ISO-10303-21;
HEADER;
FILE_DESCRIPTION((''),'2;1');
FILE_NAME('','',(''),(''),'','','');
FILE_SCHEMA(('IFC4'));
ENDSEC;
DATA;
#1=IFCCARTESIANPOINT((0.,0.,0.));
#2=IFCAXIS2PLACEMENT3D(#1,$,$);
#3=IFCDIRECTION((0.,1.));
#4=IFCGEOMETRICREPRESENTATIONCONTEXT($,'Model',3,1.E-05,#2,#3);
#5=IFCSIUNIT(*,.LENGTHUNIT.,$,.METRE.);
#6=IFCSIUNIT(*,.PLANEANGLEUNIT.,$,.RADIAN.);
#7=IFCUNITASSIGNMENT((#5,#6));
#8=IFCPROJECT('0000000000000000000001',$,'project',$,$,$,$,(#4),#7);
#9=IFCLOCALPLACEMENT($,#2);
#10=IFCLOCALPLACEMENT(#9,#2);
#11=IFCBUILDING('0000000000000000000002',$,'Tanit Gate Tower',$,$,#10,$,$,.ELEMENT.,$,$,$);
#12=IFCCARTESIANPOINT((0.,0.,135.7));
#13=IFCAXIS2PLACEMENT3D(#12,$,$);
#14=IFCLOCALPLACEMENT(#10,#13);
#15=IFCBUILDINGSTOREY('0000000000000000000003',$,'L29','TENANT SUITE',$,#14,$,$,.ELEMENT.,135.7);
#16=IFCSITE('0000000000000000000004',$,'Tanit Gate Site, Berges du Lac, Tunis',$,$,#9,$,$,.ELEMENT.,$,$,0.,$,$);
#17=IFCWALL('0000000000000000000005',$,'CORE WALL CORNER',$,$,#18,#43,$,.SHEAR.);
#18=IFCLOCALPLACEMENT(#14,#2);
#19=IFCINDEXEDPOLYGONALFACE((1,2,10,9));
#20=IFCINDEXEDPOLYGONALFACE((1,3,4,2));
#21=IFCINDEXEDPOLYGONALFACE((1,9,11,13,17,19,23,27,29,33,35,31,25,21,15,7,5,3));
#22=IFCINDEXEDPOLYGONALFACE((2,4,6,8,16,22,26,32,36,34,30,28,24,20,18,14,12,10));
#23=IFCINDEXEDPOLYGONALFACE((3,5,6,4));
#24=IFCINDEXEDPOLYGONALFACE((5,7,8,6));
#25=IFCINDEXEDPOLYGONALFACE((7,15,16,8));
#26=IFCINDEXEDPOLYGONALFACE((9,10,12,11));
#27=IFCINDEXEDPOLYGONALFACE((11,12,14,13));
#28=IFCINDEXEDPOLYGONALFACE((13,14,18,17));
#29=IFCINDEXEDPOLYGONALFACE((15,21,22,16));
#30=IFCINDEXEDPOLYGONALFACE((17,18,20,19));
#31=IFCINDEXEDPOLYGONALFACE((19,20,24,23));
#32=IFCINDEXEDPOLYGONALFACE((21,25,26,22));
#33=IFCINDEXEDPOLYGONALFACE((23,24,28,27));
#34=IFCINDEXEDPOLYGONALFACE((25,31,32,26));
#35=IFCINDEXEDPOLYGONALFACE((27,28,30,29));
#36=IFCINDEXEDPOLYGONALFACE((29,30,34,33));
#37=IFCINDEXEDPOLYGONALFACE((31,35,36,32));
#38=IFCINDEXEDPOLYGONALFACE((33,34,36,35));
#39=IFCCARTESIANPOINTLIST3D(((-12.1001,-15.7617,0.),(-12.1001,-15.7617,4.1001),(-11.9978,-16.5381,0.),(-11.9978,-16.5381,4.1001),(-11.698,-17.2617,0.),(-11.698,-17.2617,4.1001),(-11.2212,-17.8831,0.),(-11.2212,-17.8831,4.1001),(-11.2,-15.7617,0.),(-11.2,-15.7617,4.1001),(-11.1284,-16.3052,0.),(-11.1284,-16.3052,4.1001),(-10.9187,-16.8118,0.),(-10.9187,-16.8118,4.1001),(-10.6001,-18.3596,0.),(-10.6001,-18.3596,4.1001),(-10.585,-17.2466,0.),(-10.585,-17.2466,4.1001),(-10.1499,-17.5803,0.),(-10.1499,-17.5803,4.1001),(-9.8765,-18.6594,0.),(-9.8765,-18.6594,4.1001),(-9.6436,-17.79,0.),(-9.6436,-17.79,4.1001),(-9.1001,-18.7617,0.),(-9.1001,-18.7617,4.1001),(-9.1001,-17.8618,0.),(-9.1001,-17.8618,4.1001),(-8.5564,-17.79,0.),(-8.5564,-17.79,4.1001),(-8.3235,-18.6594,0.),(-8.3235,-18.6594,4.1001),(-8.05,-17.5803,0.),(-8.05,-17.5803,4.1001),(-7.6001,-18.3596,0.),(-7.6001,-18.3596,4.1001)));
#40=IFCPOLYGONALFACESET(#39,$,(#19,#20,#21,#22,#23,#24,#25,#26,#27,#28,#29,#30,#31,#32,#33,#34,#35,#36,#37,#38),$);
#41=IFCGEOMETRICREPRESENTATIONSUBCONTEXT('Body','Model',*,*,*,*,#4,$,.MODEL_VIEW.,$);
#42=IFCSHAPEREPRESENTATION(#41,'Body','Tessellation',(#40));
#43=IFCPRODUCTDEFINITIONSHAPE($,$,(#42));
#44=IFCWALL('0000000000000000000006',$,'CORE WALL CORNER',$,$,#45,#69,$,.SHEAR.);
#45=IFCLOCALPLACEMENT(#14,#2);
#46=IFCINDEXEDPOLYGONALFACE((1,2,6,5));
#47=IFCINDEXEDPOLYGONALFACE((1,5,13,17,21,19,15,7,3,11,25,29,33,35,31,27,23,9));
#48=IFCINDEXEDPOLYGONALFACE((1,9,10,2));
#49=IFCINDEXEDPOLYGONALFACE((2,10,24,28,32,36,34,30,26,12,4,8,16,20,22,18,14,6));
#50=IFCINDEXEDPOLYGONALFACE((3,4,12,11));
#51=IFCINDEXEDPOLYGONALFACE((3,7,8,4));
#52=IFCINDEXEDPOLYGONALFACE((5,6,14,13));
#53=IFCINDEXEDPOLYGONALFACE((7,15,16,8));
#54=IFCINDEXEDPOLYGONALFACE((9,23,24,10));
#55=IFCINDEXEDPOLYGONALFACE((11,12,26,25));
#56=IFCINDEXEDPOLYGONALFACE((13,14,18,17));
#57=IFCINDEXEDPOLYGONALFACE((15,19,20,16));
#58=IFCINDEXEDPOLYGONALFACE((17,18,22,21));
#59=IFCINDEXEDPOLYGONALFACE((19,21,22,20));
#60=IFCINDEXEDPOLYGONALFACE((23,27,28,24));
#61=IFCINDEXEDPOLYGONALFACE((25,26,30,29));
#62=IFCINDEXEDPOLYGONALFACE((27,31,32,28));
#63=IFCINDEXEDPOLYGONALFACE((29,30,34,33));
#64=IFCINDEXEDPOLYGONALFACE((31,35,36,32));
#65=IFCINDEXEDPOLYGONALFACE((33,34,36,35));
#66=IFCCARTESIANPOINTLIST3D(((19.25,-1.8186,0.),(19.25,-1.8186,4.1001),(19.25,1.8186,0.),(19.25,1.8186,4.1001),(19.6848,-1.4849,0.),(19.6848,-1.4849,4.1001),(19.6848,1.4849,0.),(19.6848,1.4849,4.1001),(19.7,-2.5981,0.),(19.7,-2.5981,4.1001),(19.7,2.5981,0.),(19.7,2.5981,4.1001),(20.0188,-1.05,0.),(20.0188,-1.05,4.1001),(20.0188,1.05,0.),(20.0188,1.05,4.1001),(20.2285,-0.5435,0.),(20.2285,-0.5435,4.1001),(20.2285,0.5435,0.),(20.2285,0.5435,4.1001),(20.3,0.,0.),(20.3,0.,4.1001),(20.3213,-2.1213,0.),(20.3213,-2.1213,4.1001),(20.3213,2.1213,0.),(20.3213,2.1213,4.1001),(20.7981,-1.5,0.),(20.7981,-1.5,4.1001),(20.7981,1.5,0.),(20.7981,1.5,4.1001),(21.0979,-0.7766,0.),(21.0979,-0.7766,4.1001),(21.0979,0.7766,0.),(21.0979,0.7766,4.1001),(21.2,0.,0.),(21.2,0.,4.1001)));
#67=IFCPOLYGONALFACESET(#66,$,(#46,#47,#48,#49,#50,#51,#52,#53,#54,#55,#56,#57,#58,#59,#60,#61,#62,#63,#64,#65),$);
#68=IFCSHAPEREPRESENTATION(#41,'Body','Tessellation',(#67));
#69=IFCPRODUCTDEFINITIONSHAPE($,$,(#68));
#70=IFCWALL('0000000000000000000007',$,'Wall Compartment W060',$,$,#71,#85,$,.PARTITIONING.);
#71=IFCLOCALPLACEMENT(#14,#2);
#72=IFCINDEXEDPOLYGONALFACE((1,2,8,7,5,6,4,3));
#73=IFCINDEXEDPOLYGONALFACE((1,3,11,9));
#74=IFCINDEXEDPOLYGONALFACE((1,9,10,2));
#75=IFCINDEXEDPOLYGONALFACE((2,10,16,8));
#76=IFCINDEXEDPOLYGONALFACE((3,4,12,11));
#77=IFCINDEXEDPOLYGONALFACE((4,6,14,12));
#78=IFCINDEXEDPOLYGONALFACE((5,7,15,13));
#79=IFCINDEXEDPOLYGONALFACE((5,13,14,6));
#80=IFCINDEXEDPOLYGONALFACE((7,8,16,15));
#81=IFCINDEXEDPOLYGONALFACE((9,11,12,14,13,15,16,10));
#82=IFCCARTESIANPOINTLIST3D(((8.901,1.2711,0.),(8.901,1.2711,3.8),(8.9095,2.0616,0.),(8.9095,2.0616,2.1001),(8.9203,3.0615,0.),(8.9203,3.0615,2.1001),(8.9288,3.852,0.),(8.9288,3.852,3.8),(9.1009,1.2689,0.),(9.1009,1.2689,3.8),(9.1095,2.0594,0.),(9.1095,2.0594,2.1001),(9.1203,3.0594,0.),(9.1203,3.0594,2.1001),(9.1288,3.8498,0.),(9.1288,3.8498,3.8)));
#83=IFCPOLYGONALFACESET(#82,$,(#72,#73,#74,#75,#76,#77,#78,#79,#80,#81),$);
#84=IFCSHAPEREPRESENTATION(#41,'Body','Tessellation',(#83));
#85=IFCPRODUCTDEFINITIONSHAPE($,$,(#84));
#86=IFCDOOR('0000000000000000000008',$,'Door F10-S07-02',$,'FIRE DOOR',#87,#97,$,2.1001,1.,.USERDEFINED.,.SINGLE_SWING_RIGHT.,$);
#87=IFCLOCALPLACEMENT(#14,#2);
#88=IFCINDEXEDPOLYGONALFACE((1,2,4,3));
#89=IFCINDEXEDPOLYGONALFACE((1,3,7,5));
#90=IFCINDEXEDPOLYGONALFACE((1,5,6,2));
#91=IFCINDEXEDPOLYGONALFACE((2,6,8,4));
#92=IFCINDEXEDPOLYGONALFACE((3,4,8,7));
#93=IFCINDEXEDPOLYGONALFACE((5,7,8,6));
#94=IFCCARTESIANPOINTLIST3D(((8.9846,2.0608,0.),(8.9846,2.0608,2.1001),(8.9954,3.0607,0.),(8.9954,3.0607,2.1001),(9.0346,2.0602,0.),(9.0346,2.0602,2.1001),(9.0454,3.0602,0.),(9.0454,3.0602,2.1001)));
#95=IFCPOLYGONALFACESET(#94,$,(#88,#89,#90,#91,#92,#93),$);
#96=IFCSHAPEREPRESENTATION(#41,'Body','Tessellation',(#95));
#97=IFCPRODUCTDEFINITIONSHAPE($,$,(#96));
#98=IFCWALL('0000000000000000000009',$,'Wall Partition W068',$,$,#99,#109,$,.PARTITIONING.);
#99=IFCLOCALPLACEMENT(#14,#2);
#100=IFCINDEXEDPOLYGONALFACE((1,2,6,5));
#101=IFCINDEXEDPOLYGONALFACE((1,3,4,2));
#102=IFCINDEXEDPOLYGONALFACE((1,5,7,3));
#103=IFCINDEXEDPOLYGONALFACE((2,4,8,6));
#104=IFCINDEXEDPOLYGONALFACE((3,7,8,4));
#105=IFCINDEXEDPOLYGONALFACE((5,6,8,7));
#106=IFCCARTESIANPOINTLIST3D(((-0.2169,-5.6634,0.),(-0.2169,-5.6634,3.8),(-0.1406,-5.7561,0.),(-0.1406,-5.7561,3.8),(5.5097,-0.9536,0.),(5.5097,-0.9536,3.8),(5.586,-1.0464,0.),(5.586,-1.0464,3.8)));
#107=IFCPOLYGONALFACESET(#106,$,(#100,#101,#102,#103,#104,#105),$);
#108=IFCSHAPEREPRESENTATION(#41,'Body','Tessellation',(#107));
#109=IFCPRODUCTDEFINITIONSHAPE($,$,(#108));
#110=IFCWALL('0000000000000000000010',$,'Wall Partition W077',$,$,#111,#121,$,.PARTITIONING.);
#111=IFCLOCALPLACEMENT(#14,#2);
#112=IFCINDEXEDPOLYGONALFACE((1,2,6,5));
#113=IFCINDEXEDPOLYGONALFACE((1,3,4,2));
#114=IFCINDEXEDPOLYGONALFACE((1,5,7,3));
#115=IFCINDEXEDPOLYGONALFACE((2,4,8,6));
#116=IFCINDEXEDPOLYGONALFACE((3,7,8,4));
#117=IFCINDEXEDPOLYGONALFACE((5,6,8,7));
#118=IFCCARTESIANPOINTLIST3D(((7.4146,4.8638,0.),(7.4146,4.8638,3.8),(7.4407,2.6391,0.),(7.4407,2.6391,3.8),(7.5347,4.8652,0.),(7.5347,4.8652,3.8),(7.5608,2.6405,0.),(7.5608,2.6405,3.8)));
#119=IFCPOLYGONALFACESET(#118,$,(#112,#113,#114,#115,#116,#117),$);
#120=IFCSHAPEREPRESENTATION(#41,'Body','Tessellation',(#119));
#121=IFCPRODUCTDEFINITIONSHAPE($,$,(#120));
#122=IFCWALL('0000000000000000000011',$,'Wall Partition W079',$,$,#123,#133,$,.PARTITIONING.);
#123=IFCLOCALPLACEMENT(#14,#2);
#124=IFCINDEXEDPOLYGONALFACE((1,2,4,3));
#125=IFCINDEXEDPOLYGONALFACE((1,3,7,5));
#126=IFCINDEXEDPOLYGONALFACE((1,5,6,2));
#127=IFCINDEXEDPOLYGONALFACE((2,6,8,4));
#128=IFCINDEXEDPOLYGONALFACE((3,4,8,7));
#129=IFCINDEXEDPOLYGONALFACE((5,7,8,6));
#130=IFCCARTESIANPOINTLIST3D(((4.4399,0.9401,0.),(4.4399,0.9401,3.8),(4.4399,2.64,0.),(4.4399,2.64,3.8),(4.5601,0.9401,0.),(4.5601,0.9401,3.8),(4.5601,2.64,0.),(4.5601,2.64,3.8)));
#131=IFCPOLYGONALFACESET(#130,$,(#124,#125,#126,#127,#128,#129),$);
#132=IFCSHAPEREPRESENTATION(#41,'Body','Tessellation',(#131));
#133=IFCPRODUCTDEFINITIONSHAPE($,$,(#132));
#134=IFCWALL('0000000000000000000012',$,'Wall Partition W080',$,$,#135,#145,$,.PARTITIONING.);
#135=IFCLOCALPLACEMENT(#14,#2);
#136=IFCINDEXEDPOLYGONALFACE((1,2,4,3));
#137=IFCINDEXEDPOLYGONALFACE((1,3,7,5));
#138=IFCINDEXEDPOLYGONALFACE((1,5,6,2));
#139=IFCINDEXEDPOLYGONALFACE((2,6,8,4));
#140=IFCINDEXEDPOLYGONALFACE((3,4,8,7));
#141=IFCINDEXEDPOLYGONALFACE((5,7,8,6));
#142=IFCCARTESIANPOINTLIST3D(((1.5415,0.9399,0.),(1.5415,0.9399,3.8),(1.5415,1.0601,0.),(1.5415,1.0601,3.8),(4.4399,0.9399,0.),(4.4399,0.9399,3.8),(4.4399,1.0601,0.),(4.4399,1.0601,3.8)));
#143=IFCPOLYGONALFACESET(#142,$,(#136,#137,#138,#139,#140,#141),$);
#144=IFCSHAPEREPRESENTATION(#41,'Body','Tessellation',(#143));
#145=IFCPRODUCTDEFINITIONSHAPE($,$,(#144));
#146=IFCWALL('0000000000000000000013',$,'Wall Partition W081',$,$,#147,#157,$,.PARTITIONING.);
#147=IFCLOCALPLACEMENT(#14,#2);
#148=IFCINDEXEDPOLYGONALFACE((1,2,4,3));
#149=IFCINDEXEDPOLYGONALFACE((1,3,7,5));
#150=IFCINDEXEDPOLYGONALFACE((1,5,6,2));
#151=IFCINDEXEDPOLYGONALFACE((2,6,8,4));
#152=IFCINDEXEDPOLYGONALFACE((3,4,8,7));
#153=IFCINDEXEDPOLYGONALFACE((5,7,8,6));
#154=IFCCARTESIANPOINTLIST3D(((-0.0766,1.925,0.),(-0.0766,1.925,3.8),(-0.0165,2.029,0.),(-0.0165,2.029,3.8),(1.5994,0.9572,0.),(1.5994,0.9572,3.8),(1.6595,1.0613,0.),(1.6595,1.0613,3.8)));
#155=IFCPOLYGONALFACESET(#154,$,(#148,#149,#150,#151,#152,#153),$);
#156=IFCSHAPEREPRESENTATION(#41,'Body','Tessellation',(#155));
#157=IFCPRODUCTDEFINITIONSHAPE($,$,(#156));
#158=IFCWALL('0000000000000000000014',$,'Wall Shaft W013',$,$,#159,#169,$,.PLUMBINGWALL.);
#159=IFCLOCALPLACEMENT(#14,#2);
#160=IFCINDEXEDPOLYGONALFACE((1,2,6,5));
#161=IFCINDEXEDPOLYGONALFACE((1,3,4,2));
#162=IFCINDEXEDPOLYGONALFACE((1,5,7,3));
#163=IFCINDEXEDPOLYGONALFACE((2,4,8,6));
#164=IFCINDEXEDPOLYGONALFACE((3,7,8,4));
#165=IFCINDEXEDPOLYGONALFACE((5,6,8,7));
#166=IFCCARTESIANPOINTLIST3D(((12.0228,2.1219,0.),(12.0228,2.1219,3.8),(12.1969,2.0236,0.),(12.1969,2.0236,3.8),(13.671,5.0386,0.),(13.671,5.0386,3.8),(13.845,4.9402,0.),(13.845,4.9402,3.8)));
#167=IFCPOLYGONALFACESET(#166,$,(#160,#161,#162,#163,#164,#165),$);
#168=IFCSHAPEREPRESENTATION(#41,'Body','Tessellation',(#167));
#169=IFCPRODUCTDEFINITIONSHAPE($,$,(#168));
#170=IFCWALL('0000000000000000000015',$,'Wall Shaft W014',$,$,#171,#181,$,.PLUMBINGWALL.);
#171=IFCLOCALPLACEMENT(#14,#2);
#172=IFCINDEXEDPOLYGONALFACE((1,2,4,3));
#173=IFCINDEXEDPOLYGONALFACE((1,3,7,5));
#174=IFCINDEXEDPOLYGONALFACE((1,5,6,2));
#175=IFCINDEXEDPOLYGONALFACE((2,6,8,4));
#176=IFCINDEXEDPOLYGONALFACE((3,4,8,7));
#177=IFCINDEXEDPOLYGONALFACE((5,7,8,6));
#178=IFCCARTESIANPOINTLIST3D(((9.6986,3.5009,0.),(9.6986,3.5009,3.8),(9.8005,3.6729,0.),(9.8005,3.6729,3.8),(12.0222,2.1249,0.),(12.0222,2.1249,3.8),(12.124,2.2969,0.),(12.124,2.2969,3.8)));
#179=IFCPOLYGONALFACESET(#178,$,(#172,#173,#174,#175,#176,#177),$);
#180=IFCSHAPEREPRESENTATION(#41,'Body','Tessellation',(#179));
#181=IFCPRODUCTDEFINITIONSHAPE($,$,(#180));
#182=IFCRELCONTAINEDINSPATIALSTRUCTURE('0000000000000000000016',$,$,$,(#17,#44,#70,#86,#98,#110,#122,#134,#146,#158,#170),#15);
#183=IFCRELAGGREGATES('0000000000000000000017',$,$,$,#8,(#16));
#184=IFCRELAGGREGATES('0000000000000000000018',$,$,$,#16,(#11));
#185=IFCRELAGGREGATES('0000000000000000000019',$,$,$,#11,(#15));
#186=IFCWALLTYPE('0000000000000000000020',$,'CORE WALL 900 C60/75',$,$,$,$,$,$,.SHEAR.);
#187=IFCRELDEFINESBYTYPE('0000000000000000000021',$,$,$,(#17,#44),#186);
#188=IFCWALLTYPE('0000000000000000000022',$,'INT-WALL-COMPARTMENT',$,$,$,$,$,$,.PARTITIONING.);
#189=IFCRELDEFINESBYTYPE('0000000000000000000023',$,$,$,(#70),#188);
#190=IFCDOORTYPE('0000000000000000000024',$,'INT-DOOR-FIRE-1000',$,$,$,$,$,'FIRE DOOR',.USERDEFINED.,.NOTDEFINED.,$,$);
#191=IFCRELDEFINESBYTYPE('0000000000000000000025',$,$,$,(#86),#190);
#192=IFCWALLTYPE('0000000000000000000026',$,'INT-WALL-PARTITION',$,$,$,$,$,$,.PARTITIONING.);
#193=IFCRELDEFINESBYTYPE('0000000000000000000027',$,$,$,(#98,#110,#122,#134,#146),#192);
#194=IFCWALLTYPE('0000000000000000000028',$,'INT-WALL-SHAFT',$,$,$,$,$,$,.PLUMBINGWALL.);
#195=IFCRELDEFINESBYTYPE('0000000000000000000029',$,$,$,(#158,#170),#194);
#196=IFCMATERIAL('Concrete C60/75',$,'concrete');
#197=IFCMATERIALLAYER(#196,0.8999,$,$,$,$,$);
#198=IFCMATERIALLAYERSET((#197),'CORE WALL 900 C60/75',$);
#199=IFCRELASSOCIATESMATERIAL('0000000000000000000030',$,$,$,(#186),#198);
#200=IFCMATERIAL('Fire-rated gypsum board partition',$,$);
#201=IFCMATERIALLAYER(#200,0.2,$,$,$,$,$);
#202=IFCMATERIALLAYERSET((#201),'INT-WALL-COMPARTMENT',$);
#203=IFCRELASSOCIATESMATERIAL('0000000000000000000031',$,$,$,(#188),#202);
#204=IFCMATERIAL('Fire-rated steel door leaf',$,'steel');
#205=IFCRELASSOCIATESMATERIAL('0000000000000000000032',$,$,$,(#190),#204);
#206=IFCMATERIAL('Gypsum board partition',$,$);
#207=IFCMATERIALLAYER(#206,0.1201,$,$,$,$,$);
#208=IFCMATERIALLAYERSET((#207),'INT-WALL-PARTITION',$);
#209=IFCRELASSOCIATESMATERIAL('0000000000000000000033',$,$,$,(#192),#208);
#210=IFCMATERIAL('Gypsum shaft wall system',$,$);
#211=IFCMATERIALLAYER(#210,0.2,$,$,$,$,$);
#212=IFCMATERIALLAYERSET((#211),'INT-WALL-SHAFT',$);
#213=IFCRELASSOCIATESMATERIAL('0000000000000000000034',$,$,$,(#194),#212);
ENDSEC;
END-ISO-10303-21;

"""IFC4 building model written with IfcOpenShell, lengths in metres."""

from ifc_helpers import new_model, si_unit, direction, frame, frame_2d, origin, place, context, subcontext, project, spatial, polyline, rectangle, outline, extrude, material, layer, layer_set, type_object, element, fill, save


model = new_model("IFC4")

# Units and contexts
model_context = context("Model", 3, precision=1e-05, world=origin(), true_north=direction((0.0, 1.0)))
body_context = subcontext(model_context, "Body", "Model", "MODEL_VIEW")
ifc_project = project(units=[si_unit("LENGTHUNIT", "METRE"), si_unit("PLANEANGLEUNIT", "RADIAN")], contexts=[model_context])

# Site, building, storey
site_placement = place(None, origin())
site = spatial("IfcSite", under=ifc_project, at=site_placement, Name="Tanit Gate Site, Berges du Lac, Tunis", CompositionType="ELEMENT", RefElevation=0.0)
building_placement = place(site_placement, origin())
building = spatial("IfcBuilding", under=site, at=building_placement, Name="Tanit Gate Tower", CompositionType="ELEMENT")
storey_placement = place(building_placement, frame((0.0, 0.0, 135.7)))
storey = spatial("IfcBuildingStorey", under=building, at=storey_placement, Name="L29", Description="TENANT SUITE", CompositionType="ELEMENT", Elevation=135.7)

# Walls
ifc_material_1 = material(Name="Concrete C60/75", Category="concrete")
ifc_layer_1 = layer(ifc_material_1, 0.8999)
ifc_layer_set_1 = layer_set([ifc_layer_1], Name="CORE WALL 900 C60/75")
wall_type_1 = type_object("IfcWallType", Name="CORE WALL 900 C60/75", PredefinedType="SHEAR", material=ifc_layer_set_1)
wall_1_placement = place(storey_placement, origin())
element("IfcWall", 1, at=wall_1_placement, inside=storey, type_object=wall_type_1, Name="CORE WALL CORNER", PredefinedType="SHEAR", context=body_context, shape_type="SweptSolid", body=[
    extrude(outline(polyline([(-12.1001, -15.7617), (-11.9978, -16.5381), (-11.698, -17.2617), (-11.2212, -17.8831), (-10.6001, -18.3596), (-9.8765, -18.6594), (-9.1001, -18.7617), (-8.3235, -18.6594), (-7.6001, -18.3596), (-8.05, -17.5803), (-8.5564, -17.79), (-9.1001, -17.8618), (-9.6436, -17.79), (-10.1499, -17.5803), (-10.585, -17.2466), (-10.9187, -16.8118), (-11.1284, -16.3052), (-11.2, -15.7617), (-12.1001, -15.7617)])), origin(), (0.0, 0.0, 1.0), 4.1001),
])
wall_2_placement = place(storey_placement, origin())
element("IfcWall", 2, at=wall_2_placement, inside=storey, type_object=wall_type_1, Name="CORE WALL CORNER", PredefinedType="SHEAR", context=body_context, shape_type="SweptSolid", body=[
    extrude(outline(polyline([(19.7, -2.5981), (20.3213, -2.1213), (20.7981, -1.5), (21.0979, -0.7766), (21.2, 0.0), (21.0979, 0.7766), (20.7981, 1.5), (20.3213, 2.1213), (19.7, 2.5981), (19.25, 1.8186), (19.6848, 1.4849), (20.0188, 1.05), (20.2285, 0.5435), (20.3, 0.0), (20.2285, -0.5435), (20.0188, -1.05), (19.6848, -1.4849), (19.25, -1.8186), (19.7, -2.5981)])), origin(), (0.0, 0.0, 1.0), 4.1001),
])

# Wall, opening, door
ifc_material_2 = material(Name="Fire-rated gypsum board partition")
ifc_layer_2 = layer(ifc_material_2, 0.2)
ifc_layer_set_2 = layer_set([ifc_layer_2], Name="INT-WALL-COMPARTMENT")
wall_type_2 = type_object("IfcWallType", Name="INT-WALL-COMPARTMENT", PredefinedType="PARTITIONING", material=ifc_layer_set_2)
wall_3_placement = place(storey_placement, frame((9.001, 1.27, 0.0), z_axis=(0.0, 0.0, 1.0), x_axis=(0.010784, 0.999942, 0.0)))
wall_3 = element("IfcWall", 3, at=wall_3_placement, inside=storey, type_object=wall_type_2, Name="Wall Compartment W060", PredefinedType="PARTITIONING", context=body_context, shape_type="SweptSolid", body=[
    extrude(rectangle(XDim=2.5811, YDim=0.2, at=frame_2d((1.2905, 0.0))), origin(), (0.0, 0.0, 1.0), 3.8),
])
opening_1_placement = place(wall_3_placement, frame((0.7905, 0.0, 0.0)))
opening_1 = element("IfcOpeningElement", 4, at=opening_1_placement, cuts=wall_3, PredefinedType="OPENING", context=body_context, shape_type="SweptSolid", body=[
    extrude(rectangle(XDim=1.0, YDim=2.1001, at=frame_2d((0.5, 1.05))), frame((0.0, 0.1099, 0.0), z_axis=(0.0, -1.0, 0.0), x_axis=(1.0, 0.0, 0.0)), (0.0, 0.0, 1.0), 0.22),
])
ifc_material_3 = material(Name="Fire-rated steel door leaf", Category="steel")
door_type_1 = type_object("IfcDoorType", Name="INT-DOOR-FIRE-1000", ElementType="FIRE DOOR", OperationType="NOTDEFINED", PredefinedType="USERDEFINED", material=ifc_material_3)
door_1_placement = place(opening_1_placement, origin())
door_1 = element("IfcDoor", 5, at=door_1_placement, inside=storey, type_object=door_type_1, Name="Door F10-S07-02", ObjectType="FIRE DOOR", OperationType="SINGLE_SWING_RIGHT", OverallHeight=2.1001, OverallWidth=1.0, PredefinedType="USERDEFINED", context=body_context, shape_type="SweptSolid", body=[
    extrude(rectangle(XDim=1.0, YDim=2.1001, at=frame_2d((0.5, 1.05))), frame((0.0, 0.0249, 0.0), z_axis=(0.0, -1.0, 0.0), x_axis=(1.0, 0.0, 0.0)), (0.0, 0.0, 1.0), 0.05),
])
fill(opening_1, door_1)

# Walls
ifc_material_4 = material(Name="Gypsum board partition")
ifc_layer_3 = layer(ifc_material_4, 0.1201)
ifc_layer_set_3 = layer_set([ifc_layer_3], Name="INT-WALL-PARTITION")
wall_type_3 = type_object("IfcWallType", Name="INT-WALL-PARTITION", PredefinedType="PARTITIONING", material=ifc_layer_set_3)
wall_4_placement = place(storey_placement, frame((5.5479, -1.0, 0.0), z_axis=(0.0, 0.0, 1.0), x_axis=(-0.772345, -0.635203, 0.0)))
element("IfcWall", 6, at=wall_4_placement, inside=storey, type_object=wall_type_3, Name="Wall Partition W068", PredefinedType="PARTITIONING", context=body_context, shape_type="SweptSolid", body=[
    extrude(rectangle(XDim=7.4146, YDim=0.1201, at=frame_2d((3.7073, 0.0))), origin(), (0.0, 0.0, 1.0), 3.8),
])
wall_5_placement = place(storey_placement, frame((7.5007, 2.6399, 0.0), z_axis=(0.0, 0.0, 1.0), x_axis=(-0.011742, 0.999931, 0.0)))
element("IfcWall", 7, at=wall_5_placement, inside=storey, type_object=wall_type_3, Name="Wall Partition W077", PredefinedType="PARTITIONING", context=body_context, shape_type="SweptSolid", body=[
    extrude(rectangle(XDim=2.2249, YDim=0.1201, at=frame_2d((1.1123, 0.0))), origin(), (0.0, 0.0, 1.0), 3.8),
])
wall_6_placement = place(storey_placement, frame((4.5, 0.9399, 0.0), z_axis=(0.0, 0.0, 1.0), x_axis=(0.0, 1.0, 0.0)))
element("IfcWall", 8, at=wall_6_placement, inside=storey, type_object=wall_type_3, Name="Wall Partition W079", PredefinedType="PARTITIONING", context=body_context, shape_type="SweptSolid", body=[
    extrude(rectangle(XDim=1.7, YDim=0.1201, at=frame_2d((0.8501, 0.0))), origin(), (0.0, 0.0, 1.0), 3.8),
])
wall_7_placement = place(storey_placement, frame((1.5415, 1.0, 0.0), z_axis=(0.0, 0.0, 1.0), x_axis=(1.0, 0.0, 0.0)))
element("IfcWall", 9, at=wall_7_placement, inside=storey, type_object=wall_type_3, Name="Wall Partition W080", PredefinedType="PARTITIONING", context=body_context, shape_type="SweptSolid", body=[
    extrude(rectangle(XDim=2.8984, YDim=0.1201, at=frame_2d((1.4492, 0.0))), origin(), (0.0, 0.0, 1.0), 3.8),
])
wall_8_placement = place(storey_placement, frame((-0.0466, 1.9771, 0.0), z_axis=(0.0, 0.0, 1.0), x_axis=(0.865999, -0.500046, 0.0)))
element("IfcWall", 10, at=wall_8_placement, inside=storey, type_object=wall_type_3, Name="Wall Partition W081", PredefinedType="PARTITIONING", context=body_context, shape_type="SweptSolid", body=[
    extrude(rectangle(XDim=1.9353, YDim=0.1201, at=frame_2d((0.9678, 0.0))), origin(), (0.0, 0.0, 1.0), 3.8),
])
ifc_material_5 = material(Name="Gypsum shaft wall system")
ifc_layer_4 = layer(ifc_material_5, 0.2)
ifc_layer_set_4 = layer_set([ifc_layer_4], Name="INT-WALL-SHAFT")
wall_type_4 = type_object("IfcWallType", Name="INT-WALL-SHAFT", PredefinedType="PLUMBINGWALL", material=ifc_layer_set_4)
wall_9_placement = place(storey_placement, frame((12.1099, 2.0728, 0.0), z_axis=(0.0, 0.0, 1.0), x_axis=(0.491966, 0.870614, 0.0)))
element("IfcWall", 11, at=wall_9_placement, inside=storey, type_object=wall_type_4, Name="Wall Shaft W013", PredefinedType="PLUMBINGWALL", context=body_context, shape_type="SweptSolid", body=[
    extrude(rectangle(XDim=3.3501, YDim=0.2, at=frame_2d((1.675, 0.0))), origin(), (0.0, 0.0, 1.0), 3.8),
])
wall_10_placement = place(storey_placement, frame((12.073, 2.2109, 0.0), z_axis=(0.0, 0.0, 1.0), x_axis=(-0.860438, 0.509555, 0.0)))
element("IfcWall", 12, at=wall_10_placement, inside=storey, type_object=wall_type_4, Name="Wall Shaft W014", PredefinedType="PLUMBINGWALL", context=body_context, shape_type="SweptSolid", body=[
    extrude(rectangle(XDim=2.7004, YDim=0.2, at=frame_2d((1.3501, 0.0))), origin(), (0.0, 0.0, 1.0), 3.8),
])

save(model, "model.ifc")
